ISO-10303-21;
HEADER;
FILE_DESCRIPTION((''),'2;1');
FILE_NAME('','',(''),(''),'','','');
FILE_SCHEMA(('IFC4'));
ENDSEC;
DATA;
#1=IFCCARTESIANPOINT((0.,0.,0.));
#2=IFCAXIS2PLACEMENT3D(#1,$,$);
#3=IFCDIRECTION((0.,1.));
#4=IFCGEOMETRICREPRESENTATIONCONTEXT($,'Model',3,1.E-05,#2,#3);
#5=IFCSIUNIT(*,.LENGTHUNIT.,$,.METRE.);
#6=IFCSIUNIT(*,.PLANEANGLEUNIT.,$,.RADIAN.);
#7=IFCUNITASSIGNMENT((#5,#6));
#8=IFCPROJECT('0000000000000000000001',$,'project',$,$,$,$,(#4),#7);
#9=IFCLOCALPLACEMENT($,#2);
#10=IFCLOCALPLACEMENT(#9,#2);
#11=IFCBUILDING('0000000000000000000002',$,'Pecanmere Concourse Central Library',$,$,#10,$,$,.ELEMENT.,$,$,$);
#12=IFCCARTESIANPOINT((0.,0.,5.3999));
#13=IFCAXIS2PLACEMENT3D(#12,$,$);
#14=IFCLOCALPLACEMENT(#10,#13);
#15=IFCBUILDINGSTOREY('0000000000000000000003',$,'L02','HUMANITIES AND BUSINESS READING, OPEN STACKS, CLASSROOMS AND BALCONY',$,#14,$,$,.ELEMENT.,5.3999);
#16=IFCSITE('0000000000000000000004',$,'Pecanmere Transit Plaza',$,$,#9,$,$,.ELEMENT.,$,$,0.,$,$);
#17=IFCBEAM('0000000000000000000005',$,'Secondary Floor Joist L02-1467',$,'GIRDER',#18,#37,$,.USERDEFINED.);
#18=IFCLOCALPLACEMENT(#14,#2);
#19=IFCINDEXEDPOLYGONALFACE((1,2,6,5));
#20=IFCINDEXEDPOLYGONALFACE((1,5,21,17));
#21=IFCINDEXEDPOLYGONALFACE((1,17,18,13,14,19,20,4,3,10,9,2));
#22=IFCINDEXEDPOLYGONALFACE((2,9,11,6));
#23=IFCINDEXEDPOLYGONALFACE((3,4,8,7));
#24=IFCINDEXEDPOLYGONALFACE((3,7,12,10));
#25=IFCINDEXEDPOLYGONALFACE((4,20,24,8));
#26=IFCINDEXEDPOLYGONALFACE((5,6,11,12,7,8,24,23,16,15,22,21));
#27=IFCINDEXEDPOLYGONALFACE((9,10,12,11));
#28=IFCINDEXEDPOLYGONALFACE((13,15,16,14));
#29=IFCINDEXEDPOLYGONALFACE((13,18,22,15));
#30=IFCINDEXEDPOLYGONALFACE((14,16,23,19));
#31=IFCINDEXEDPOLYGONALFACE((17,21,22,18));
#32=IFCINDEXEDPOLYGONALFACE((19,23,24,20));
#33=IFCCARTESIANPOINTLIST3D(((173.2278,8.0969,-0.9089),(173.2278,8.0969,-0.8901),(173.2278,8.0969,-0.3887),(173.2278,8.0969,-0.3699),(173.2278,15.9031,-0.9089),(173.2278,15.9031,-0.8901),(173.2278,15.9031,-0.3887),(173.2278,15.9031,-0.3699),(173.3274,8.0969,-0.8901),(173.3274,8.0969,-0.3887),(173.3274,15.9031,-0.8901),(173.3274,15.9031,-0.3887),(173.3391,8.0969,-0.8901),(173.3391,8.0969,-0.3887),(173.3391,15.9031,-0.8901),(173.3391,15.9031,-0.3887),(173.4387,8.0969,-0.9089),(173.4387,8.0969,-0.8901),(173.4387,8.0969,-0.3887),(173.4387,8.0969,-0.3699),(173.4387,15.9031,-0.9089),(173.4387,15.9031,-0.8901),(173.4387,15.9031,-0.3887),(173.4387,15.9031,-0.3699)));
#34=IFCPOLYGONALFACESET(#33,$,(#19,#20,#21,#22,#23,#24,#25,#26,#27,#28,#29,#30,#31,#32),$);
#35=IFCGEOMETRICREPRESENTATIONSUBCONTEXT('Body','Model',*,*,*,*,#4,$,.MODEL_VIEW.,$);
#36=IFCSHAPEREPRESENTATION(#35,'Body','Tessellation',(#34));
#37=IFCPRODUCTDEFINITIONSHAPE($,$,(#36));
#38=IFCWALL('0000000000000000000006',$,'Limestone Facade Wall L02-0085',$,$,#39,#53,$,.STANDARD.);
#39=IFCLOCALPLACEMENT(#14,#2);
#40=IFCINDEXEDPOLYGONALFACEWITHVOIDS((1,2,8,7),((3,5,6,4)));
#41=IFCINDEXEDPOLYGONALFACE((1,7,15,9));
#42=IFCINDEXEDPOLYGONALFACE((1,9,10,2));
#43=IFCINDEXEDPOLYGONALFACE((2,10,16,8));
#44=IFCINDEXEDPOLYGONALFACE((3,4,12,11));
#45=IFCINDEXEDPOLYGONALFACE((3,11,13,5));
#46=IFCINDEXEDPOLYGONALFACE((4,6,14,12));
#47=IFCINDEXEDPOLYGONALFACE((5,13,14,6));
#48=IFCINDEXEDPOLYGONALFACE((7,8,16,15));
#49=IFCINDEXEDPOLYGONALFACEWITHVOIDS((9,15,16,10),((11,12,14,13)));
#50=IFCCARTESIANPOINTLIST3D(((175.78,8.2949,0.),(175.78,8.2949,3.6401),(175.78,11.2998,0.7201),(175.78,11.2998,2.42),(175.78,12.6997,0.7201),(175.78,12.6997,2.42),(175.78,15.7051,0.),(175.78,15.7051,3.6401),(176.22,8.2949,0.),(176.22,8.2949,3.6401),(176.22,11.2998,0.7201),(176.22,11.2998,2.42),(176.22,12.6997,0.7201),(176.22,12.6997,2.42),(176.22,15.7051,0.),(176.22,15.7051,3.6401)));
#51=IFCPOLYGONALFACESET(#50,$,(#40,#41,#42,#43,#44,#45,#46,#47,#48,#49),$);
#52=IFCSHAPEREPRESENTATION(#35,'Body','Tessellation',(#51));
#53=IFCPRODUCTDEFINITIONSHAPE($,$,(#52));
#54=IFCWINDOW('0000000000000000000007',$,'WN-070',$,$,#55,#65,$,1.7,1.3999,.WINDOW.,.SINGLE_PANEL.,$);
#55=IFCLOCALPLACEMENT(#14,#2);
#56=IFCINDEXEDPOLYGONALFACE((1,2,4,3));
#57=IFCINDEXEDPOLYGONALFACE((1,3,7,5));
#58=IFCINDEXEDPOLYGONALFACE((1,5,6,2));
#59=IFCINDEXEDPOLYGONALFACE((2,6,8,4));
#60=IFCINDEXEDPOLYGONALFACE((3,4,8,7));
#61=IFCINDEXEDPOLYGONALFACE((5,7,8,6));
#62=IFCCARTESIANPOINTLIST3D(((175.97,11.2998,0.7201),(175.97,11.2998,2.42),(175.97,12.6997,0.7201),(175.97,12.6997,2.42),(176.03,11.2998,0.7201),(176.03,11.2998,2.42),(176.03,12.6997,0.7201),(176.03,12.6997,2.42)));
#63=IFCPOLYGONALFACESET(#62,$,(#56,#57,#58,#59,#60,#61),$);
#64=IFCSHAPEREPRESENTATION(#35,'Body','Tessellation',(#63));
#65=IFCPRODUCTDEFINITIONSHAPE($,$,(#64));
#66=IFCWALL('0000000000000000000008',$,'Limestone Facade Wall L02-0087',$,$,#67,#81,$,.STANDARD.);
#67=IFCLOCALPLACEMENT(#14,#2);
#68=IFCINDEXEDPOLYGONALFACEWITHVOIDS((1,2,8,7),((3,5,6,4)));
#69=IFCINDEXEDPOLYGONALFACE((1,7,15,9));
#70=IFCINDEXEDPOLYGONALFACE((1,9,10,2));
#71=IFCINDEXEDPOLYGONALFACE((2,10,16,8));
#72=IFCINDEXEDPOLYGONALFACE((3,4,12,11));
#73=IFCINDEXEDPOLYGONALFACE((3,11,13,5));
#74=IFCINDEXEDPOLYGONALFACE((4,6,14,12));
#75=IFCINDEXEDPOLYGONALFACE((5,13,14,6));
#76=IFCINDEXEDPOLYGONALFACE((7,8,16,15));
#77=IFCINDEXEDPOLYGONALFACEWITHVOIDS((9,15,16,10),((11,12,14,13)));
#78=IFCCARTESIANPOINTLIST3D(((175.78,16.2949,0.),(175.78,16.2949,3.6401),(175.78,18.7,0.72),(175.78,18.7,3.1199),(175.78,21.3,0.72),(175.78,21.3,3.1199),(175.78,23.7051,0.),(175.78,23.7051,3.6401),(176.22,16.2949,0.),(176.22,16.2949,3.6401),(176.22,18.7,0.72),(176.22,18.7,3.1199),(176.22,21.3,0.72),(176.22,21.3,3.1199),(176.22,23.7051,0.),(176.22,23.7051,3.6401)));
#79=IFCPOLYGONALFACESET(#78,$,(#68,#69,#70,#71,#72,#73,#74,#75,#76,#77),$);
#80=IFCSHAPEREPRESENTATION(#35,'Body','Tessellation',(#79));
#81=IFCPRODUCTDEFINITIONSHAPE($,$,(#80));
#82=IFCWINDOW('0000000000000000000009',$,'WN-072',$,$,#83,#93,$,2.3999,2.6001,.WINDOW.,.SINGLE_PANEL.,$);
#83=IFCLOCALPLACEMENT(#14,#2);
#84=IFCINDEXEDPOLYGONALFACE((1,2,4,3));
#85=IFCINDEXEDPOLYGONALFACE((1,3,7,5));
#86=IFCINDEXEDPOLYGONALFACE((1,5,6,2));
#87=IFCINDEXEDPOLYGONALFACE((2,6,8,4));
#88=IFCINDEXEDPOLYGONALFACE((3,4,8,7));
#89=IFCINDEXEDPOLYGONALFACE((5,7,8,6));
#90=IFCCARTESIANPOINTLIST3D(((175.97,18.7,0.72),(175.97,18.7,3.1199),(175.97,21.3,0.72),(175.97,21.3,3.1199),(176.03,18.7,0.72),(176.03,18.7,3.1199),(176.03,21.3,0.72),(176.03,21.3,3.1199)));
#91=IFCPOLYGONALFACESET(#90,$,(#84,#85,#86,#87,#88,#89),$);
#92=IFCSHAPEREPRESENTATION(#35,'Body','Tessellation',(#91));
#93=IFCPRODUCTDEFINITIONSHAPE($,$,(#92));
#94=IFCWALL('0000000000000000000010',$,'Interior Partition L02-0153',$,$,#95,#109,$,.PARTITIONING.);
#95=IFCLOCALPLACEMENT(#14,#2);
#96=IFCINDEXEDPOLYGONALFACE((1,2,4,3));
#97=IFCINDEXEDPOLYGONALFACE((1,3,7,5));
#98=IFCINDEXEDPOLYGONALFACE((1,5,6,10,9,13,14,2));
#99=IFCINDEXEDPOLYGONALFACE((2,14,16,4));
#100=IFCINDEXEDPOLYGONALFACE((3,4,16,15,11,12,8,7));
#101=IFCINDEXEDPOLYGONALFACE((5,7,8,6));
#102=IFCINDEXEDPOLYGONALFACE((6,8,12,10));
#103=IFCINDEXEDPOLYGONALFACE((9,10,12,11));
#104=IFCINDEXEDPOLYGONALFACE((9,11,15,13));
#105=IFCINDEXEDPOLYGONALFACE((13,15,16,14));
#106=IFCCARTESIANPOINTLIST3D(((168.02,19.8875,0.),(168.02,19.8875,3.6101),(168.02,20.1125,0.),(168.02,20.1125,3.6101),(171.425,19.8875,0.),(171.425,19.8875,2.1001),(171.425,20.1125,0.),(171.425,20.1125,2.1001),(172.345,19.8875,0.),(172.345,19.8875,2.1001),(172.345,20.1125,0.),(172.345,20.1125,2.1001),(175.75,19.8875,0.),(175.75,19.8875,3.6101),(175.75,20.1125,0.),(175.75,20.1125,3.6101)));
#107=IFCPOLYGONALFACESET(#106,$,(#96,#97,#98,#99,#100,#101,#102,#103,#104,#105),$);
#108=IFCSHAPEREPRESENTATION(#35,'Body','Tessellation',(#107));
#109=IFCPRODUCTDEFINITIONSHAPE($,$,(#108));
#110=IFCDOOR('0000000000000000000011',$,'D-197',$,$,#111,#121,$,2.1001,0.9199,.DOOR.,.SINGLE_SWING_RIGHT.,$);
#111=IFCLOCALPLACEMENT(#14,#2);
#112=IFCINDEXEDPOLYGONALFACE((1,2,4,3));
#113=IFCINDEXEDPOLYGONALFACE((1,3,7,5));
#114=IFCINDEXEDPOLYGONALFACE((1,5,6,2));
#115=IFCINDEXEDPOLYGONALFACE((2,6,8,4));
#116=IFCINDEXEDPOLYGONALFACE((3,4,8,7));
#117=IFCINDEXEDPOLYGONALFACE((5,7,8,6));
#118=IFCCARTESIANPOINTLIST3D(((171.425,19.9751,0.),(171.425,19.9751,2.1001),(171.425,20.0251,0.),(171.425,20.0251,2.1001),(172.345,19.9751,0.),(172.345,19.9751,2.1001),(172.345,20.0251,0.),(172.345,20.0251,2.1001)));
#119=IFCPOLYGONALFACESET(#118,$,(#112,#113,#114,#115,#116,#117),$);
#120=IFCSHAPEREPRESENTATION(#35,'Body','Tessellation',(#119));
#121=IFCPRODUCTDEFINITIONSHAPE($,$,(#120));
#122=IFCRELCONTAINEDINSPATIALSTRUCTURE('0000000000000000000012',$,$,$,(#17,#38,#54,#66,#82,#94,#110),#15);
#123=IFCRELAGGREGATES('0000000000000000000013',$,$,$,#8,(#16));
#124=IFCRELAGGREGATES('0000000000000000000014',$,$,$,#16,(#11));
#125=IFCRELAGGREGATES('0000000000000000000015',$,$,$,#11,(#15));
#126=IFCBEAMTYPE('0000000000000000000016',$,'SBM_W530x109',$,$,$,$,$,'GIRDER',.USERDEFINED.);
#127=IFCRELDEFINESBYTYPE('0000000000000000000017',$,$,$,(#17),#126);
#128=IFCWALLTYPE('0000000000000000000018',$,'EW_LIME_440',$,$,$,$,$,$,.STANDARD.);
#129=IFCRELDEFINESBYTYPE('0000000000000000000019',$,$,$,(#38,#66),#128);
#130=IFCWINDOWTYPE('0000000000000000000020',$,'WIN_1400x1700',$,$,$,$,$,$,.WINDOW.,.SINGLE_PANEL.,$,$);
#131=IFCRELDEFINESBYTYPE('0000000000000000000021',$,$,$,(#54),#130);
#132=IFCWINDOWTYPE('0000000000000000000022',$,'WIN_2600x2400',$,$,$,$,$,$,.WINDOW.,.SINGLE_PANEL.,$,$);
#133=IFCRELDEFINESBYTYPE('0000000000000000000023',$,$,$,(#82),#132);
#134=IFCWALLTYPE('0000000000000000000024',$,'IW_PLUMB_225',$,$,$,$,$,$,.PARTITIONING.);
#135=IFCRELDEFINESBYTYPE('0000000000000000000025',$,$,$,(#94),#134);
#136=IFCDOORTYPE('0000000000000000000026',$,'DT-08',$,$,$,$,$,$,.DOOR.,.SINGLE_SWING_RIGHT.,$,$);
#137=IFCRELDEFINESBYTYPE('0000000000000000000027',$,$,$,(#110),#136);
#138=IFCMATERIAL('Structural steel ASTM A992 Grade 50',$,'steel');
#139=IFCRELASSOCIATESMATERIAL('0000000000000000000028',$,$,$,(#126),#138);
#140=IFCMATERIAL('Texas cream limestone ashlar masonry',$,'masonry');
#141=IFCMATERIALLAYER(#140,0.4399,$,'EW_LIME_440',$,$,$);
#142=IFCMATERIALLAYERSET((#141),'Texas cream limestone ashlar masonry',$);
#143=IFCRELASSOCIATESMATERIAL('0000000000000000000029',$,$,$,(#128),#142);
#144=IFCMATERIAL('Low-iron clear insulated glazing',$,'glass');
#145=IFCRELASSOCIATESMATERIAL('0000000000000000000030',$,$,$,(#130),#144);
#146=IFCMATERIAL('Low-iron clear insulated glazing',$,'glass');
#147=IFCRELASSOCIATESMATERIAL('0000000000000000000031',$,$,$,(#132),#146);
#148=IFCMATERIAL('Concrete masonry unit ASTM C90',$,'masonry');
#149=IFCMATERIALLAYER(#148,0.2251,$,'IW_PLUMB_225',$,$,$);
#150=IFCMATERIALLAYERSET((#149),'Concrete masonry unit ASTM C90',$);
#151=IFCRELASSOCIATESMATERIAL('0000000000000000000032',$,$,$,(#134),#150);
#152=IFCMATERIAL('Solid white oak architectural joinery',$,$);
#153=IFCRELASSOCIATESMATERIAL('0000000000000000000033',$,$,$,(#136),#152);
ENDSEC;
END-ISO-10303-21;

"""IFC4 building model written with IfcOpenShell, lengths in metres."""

from ifc_helpers import new_model, si_unit, direction, frame, frame_2d, origin, origin_2d, place, context, subcontext, project, spatial, rectangle, i_section, extrude, material, layer, layer_set, material_profile, profile_set, type_object, element, fill, save


model = new_model("IFC4")

# Units and contexts
model_context = context("Model", 3, precision=1e-05, world=origin(), true_north=direction((0.0, 1.0)))
body_context = subcontext(model_context, "Body", "Model", "MODEL_VIEW")
ifc_project = project(units=[si_unit("LENGTHUNIT", "METRE"), si_unit("PLANEANGLEUNIT", "RADIAN")], contexts=[model_context])

# Site, building, storey
site_placement = place(None, origin())
site = spatial("IfcSite", under=ifc_project, at=site_placement, Name="Pecanmere Transit Plaza", CompositionType="ELEMENT", RefElevation=0.0)
building_placement = place(site_placement, origin())
building = spatial("IfcBuilding", under=site, at=building_placement, Name="Pecanmere Concourse Central Library", CompositionType="ELEMENT")
storey_placement = place(building_placement, frame((0.0, 0.0, 5.3999)))
storey = spatial("IfcBuildingStorey", under=building, at=storey_placement, Name="L02", Description="HUMANITIES AND BUSINESS READING, OPEN STACKS, CLASSROOMS AND BALCONY", CompositionType="ELEMENT", Elevation=5.3999)

# Beam
ifc_material_1 = material(Name="Structural steel ASTM A992 Grade 50", Category="steel")
ifc_material_profile_1 = material_profile(ifc_material_1, i_section(OverallWidth=0.2109, OverallDepth=0.5391, WebThickness=0.0117, FlangeThickness=0.0188, at=origin_2d()), Name="W530x109")
ifc_profile_set_1 = profile_set([ifc_material_profile_1], Name="Structural steel ASTM A992 Grade 50")
beam_type_1 = type_object("IfcBeamType", Name="SBM_W530x109", ElementType="GIRDER", PredefinedType="USERDEFINED", material=ifc_profile_set_1)
beam_1_placement = place(storey_placement, frame((173.3333, 8.0969, -0.6394), z_axis=(0.0, 1.0, 0.0), x_axis=(-1.0, 0.0, 0.0)))
element("IfcBeam", 1, at=beam_1_placement, inside=storey, type_object=beam_type_1, Name="Secondary Floor Joist L02-1467", ObjectType="GIRDER", PredefinedType="USERDEFINED", context=body_context, shape_type="SweptSolid", body=[
    extrude(i_section(OverallWidth=0.2109, OverallDepth=0.5391, WebThickness=0.0117, FlangeThickness=0.0188, at=origin_2d()), origin(), (0.0, 0.0, 1.0), 7.8062),
])

# Walls, openings, windows
ifc_material_2 = material(Name="Texas cream limestone ashlar masonry", Category="masonry")
ifc_layer_1 = layer(ifc_material_2, 0.4399, Name="EW_LIME_440")
ifc_layer_set_1 = layer_set([ifc_layer_1], Name="Texas cream limestone ashlar masonry")
wall_type_1 = type_object("IfcWallType", Name="EW_LIME_440", PredefinedType="STANDARD", material=ifc_layer_set_1)
wall_1_placement = place(storey_placement, frame((176.0, 8.2949, 0.0), z_axis=(0.0, 0.0, 1.0), x_axis=(0.0, 1.0, 0.0)))
wall_1 = element("IfcWall", 2, at=wall_1_placement, inside=storey, type_object=wall_type_1, Name="Limestone Facade Wall L02-0085", PredefinedType="STANDARD", context=body_context, shape_type="SweptSolid", body=[
    extrude(rectangle(XDim=7.4102, YDim=0.4399, at=frame_2d((3.7051, 0.0))), origin(), (0.0, 0.0, 1.0), 3.6401),
])
opening_1_placement = place(wall_1_placement, frame((3.0049, 0.0, 0.72)))
opening_1 = element("IfcOpeningElement", 3, at=opening_1_placement, cuts=wall_1, PredefinedType="OPENING", context=body_context, shape_type="SweptSolid", body=[
    extrude(rectangle(XDim=1.3999, YDim=1.7, at=frame_2d((0.7, 0.8501))), frame((0.0, 0.2319, 0.0), z_axis=(0.0, -1.0, 0.0), x_axis=(1.0, 0.0, 0.0)), (0.0, 0.0, 1.0), 0.4639),
])
ifc_material_3 = material(Name="Low-iron clear insulated glazing", Category="glass")
window_type_1 = type_object("IfcWindowType", Name="WIN_1400x1700", PartitioningType="SINGLE_PANEL", PredefinedType="WINDOW", material=ifc_material_3)
window_1_placement = place(opening_1_placement, origin())
window_1 = element("IfcWindow", 4, at=window_1_placement, inside=storey, type_object=window_type_1, Name="WN-070", OverallHeight=1.7, OverallWidth=1.3999, PartitioningType="SINGLE_PANEL", PredefinedType="WINDOW", context=body_context, shape_type="SweptSolid", body=[
    extrude(rectangle(XDim=1.3999, YDim=1.7, at=frame_2d((0.7, 0.8501))), frame((0.0, 0.03, 0.0), z_axis=(0.0, -1.0, 0.0), x_axis=(1.0, 0.0, 0.0)), (0.0, 0.0, 1.0), 0.0601),
])
fill(opening_1, window_1)
wall_2_placement = place(storey_placement, frame((176.0, 16.2949, 0.0), z_axis=(0.0, 0.0, 1.0), x_axis=(0.0, 1.0, 0.0)))
wall_2 = element("IfcWall", 5, at=wall_2_placement, inside=storey, type_object=wall_type_1, Name="Limestone Facade Wall L02-0087", PredefinedType="STANDARD", context=body_context, shape_type="SweptSolid", body=[
    extrude(rectangle(XDim=7.4102, YDim=0.4399, at=frame_2d((3.7051, 0.0))), origin(), (0.0, 0.0, 1.0), 3.6401),
])
opening_2_placement = place(wall_2_placement, frame((2.405, 0.0, 0.72)))
opening_2 = element("IfcOpeningElement", 6, at=opening_2_placement, cuts=wall_2, PredefinedType="OPENING", context=body_context, shape_type="SweptSolid", body=[
    extrude(rectangle(XDim=2.6001, YDim=2.3999, at=frame_2d((1.3, 1.2))), frame((0.0, 0.2319, 0.0), z_axis=(0.0, -1.0, 0.0), x_axis=(1.0, 0.0, 0.0)), (0.0, 0.0, 1.0), 0.4639),
])
ifc_material_4 = material(Name="Low-iron clear insulated glazing", Category="glass")
window_type_2 = type_object("IfcWindowType", Name="WIN_2600x2400", PartitioningType="SINGLE_PANEL", PredefinedType="WINDOW", material=ifc_material_4)
window_2_placement = place(opening_2_placement, origin())
window_2 = element("IfcWindow", 7, at=window_2_placement, inside=storey, type_object=window_type_2, Name="WN-072", OverallHeight=2.3999, OverallWidth=2.6001, PartitioningType="SINGLE_PANEL", PredefinedType="WINDOW", context=body_context, shape_type="SweptSolid", body=[
    extrude(rectangle(XDim=2.6001, YDim=2.3999, at=frame_2d((1.3, 1.2))), frame((0.0, 0.03, 0.0), z_axis=(0.0, -1.0, 0.0), x_axis=(1.0, 0.0, 0.0)), (0.0, 0.0, 1.0), 0.0601),
])
fill(opening_2, window_2)

# Wall, opening, door
ifc_material_5 = material(Name="Concrete masonry unit ASTM C90", Category="masonry")
ifc_layer_2 = layer(ifc_material_5, 0.2251, Name="IW_PLUMB_225")
ifc_layer_set_2 = layer_set([ifc_layer_2], Name="Concrete masonry unit ASTM C90")
wall_type_2 = type_object("IfcWallType", Name="IW_PLUMB_225", PredefinedType="PARTITIONING", material=ifc_layer_set_2)
wall_3_placement = place(storey_placement, frame((168.02, 20.0, 0.0), z_axis=(0.0, 0.0, 1.0), x_axis=(1.0, 0.0, 0.0)))
wall_3 = element("IfcWall", 8, at=wall_3_placement, inside=storey, type_object=wall_type_2, Name="Interior Partition L02-0153", PredefinedType="PARTITIONING", context=body_context, shape_type="SweptSolid", body=[
    extrude(rectangle(XDim=7.73, YDim=0.2251, at=frame_2d((3.865, 0.0))), origin(), (0.0, 0.0, 1.0), 3.6101),
])
opening_3_placement = place(wall_3_placement, frame((3.405, 0.0, 0.0)))
opening_3 = element("IfcOpeningElement", 9, at=opening_3_placement, cuts=wall_3, PredefinedType="OPENING", context=body_context, shape_type="SweptSolid", body=[
    extrude(rectangle(XDim=0.9199, YDim=2.1001, at=frame_2d((0.46, 1.05))), frame((0.0, 0.1245, 0.0), z_axis=(0.0, -1.0, 0.0), x_axis=(1.0, 0.0, 0.0)), (0.0, 0.0, 1.0), 0.249),
])
ifc_material_6 = material(Name="Solid white oak architectural joinery")
door_type = type_object("IfcDoorType", Name="DT-08", OperationType="SINGLE_SWING_RIGHT", PredefinedType="DOOR", material=ifc_material_6)
door_placement = place(opening_3_placement, frame((0.9199, 0.0, 0.0), z_axis=(0.0, 0.0, 1.0), x_axis=(-1.0, 0.0, 0.0)))
door = element("IfcDoor", 10, at=door_placement, inside=storey, type_object=door_type, Name="D-197", OperationType="SINGLE_SWING_RIGHT", OverallHeight=2.1001, OverallWidth=0.9199, PredefinedType="DOOR", context=body_context, shape_type="SweptSolid", body=[
    extrude(rectangle(XDim=0.9199, YDim=2.1001, at=frame_2d((0.46, 1.05))), frame((0.0, 0.0249, 0.0), z_axis=(0.0, -1.0, 0.0), x_axis=(1.0, 0.0, 0.0)), (0.0, 0.0, 1.0), 0.05),
])
fill(opening_3, door)

save(model, "model.ifc")
